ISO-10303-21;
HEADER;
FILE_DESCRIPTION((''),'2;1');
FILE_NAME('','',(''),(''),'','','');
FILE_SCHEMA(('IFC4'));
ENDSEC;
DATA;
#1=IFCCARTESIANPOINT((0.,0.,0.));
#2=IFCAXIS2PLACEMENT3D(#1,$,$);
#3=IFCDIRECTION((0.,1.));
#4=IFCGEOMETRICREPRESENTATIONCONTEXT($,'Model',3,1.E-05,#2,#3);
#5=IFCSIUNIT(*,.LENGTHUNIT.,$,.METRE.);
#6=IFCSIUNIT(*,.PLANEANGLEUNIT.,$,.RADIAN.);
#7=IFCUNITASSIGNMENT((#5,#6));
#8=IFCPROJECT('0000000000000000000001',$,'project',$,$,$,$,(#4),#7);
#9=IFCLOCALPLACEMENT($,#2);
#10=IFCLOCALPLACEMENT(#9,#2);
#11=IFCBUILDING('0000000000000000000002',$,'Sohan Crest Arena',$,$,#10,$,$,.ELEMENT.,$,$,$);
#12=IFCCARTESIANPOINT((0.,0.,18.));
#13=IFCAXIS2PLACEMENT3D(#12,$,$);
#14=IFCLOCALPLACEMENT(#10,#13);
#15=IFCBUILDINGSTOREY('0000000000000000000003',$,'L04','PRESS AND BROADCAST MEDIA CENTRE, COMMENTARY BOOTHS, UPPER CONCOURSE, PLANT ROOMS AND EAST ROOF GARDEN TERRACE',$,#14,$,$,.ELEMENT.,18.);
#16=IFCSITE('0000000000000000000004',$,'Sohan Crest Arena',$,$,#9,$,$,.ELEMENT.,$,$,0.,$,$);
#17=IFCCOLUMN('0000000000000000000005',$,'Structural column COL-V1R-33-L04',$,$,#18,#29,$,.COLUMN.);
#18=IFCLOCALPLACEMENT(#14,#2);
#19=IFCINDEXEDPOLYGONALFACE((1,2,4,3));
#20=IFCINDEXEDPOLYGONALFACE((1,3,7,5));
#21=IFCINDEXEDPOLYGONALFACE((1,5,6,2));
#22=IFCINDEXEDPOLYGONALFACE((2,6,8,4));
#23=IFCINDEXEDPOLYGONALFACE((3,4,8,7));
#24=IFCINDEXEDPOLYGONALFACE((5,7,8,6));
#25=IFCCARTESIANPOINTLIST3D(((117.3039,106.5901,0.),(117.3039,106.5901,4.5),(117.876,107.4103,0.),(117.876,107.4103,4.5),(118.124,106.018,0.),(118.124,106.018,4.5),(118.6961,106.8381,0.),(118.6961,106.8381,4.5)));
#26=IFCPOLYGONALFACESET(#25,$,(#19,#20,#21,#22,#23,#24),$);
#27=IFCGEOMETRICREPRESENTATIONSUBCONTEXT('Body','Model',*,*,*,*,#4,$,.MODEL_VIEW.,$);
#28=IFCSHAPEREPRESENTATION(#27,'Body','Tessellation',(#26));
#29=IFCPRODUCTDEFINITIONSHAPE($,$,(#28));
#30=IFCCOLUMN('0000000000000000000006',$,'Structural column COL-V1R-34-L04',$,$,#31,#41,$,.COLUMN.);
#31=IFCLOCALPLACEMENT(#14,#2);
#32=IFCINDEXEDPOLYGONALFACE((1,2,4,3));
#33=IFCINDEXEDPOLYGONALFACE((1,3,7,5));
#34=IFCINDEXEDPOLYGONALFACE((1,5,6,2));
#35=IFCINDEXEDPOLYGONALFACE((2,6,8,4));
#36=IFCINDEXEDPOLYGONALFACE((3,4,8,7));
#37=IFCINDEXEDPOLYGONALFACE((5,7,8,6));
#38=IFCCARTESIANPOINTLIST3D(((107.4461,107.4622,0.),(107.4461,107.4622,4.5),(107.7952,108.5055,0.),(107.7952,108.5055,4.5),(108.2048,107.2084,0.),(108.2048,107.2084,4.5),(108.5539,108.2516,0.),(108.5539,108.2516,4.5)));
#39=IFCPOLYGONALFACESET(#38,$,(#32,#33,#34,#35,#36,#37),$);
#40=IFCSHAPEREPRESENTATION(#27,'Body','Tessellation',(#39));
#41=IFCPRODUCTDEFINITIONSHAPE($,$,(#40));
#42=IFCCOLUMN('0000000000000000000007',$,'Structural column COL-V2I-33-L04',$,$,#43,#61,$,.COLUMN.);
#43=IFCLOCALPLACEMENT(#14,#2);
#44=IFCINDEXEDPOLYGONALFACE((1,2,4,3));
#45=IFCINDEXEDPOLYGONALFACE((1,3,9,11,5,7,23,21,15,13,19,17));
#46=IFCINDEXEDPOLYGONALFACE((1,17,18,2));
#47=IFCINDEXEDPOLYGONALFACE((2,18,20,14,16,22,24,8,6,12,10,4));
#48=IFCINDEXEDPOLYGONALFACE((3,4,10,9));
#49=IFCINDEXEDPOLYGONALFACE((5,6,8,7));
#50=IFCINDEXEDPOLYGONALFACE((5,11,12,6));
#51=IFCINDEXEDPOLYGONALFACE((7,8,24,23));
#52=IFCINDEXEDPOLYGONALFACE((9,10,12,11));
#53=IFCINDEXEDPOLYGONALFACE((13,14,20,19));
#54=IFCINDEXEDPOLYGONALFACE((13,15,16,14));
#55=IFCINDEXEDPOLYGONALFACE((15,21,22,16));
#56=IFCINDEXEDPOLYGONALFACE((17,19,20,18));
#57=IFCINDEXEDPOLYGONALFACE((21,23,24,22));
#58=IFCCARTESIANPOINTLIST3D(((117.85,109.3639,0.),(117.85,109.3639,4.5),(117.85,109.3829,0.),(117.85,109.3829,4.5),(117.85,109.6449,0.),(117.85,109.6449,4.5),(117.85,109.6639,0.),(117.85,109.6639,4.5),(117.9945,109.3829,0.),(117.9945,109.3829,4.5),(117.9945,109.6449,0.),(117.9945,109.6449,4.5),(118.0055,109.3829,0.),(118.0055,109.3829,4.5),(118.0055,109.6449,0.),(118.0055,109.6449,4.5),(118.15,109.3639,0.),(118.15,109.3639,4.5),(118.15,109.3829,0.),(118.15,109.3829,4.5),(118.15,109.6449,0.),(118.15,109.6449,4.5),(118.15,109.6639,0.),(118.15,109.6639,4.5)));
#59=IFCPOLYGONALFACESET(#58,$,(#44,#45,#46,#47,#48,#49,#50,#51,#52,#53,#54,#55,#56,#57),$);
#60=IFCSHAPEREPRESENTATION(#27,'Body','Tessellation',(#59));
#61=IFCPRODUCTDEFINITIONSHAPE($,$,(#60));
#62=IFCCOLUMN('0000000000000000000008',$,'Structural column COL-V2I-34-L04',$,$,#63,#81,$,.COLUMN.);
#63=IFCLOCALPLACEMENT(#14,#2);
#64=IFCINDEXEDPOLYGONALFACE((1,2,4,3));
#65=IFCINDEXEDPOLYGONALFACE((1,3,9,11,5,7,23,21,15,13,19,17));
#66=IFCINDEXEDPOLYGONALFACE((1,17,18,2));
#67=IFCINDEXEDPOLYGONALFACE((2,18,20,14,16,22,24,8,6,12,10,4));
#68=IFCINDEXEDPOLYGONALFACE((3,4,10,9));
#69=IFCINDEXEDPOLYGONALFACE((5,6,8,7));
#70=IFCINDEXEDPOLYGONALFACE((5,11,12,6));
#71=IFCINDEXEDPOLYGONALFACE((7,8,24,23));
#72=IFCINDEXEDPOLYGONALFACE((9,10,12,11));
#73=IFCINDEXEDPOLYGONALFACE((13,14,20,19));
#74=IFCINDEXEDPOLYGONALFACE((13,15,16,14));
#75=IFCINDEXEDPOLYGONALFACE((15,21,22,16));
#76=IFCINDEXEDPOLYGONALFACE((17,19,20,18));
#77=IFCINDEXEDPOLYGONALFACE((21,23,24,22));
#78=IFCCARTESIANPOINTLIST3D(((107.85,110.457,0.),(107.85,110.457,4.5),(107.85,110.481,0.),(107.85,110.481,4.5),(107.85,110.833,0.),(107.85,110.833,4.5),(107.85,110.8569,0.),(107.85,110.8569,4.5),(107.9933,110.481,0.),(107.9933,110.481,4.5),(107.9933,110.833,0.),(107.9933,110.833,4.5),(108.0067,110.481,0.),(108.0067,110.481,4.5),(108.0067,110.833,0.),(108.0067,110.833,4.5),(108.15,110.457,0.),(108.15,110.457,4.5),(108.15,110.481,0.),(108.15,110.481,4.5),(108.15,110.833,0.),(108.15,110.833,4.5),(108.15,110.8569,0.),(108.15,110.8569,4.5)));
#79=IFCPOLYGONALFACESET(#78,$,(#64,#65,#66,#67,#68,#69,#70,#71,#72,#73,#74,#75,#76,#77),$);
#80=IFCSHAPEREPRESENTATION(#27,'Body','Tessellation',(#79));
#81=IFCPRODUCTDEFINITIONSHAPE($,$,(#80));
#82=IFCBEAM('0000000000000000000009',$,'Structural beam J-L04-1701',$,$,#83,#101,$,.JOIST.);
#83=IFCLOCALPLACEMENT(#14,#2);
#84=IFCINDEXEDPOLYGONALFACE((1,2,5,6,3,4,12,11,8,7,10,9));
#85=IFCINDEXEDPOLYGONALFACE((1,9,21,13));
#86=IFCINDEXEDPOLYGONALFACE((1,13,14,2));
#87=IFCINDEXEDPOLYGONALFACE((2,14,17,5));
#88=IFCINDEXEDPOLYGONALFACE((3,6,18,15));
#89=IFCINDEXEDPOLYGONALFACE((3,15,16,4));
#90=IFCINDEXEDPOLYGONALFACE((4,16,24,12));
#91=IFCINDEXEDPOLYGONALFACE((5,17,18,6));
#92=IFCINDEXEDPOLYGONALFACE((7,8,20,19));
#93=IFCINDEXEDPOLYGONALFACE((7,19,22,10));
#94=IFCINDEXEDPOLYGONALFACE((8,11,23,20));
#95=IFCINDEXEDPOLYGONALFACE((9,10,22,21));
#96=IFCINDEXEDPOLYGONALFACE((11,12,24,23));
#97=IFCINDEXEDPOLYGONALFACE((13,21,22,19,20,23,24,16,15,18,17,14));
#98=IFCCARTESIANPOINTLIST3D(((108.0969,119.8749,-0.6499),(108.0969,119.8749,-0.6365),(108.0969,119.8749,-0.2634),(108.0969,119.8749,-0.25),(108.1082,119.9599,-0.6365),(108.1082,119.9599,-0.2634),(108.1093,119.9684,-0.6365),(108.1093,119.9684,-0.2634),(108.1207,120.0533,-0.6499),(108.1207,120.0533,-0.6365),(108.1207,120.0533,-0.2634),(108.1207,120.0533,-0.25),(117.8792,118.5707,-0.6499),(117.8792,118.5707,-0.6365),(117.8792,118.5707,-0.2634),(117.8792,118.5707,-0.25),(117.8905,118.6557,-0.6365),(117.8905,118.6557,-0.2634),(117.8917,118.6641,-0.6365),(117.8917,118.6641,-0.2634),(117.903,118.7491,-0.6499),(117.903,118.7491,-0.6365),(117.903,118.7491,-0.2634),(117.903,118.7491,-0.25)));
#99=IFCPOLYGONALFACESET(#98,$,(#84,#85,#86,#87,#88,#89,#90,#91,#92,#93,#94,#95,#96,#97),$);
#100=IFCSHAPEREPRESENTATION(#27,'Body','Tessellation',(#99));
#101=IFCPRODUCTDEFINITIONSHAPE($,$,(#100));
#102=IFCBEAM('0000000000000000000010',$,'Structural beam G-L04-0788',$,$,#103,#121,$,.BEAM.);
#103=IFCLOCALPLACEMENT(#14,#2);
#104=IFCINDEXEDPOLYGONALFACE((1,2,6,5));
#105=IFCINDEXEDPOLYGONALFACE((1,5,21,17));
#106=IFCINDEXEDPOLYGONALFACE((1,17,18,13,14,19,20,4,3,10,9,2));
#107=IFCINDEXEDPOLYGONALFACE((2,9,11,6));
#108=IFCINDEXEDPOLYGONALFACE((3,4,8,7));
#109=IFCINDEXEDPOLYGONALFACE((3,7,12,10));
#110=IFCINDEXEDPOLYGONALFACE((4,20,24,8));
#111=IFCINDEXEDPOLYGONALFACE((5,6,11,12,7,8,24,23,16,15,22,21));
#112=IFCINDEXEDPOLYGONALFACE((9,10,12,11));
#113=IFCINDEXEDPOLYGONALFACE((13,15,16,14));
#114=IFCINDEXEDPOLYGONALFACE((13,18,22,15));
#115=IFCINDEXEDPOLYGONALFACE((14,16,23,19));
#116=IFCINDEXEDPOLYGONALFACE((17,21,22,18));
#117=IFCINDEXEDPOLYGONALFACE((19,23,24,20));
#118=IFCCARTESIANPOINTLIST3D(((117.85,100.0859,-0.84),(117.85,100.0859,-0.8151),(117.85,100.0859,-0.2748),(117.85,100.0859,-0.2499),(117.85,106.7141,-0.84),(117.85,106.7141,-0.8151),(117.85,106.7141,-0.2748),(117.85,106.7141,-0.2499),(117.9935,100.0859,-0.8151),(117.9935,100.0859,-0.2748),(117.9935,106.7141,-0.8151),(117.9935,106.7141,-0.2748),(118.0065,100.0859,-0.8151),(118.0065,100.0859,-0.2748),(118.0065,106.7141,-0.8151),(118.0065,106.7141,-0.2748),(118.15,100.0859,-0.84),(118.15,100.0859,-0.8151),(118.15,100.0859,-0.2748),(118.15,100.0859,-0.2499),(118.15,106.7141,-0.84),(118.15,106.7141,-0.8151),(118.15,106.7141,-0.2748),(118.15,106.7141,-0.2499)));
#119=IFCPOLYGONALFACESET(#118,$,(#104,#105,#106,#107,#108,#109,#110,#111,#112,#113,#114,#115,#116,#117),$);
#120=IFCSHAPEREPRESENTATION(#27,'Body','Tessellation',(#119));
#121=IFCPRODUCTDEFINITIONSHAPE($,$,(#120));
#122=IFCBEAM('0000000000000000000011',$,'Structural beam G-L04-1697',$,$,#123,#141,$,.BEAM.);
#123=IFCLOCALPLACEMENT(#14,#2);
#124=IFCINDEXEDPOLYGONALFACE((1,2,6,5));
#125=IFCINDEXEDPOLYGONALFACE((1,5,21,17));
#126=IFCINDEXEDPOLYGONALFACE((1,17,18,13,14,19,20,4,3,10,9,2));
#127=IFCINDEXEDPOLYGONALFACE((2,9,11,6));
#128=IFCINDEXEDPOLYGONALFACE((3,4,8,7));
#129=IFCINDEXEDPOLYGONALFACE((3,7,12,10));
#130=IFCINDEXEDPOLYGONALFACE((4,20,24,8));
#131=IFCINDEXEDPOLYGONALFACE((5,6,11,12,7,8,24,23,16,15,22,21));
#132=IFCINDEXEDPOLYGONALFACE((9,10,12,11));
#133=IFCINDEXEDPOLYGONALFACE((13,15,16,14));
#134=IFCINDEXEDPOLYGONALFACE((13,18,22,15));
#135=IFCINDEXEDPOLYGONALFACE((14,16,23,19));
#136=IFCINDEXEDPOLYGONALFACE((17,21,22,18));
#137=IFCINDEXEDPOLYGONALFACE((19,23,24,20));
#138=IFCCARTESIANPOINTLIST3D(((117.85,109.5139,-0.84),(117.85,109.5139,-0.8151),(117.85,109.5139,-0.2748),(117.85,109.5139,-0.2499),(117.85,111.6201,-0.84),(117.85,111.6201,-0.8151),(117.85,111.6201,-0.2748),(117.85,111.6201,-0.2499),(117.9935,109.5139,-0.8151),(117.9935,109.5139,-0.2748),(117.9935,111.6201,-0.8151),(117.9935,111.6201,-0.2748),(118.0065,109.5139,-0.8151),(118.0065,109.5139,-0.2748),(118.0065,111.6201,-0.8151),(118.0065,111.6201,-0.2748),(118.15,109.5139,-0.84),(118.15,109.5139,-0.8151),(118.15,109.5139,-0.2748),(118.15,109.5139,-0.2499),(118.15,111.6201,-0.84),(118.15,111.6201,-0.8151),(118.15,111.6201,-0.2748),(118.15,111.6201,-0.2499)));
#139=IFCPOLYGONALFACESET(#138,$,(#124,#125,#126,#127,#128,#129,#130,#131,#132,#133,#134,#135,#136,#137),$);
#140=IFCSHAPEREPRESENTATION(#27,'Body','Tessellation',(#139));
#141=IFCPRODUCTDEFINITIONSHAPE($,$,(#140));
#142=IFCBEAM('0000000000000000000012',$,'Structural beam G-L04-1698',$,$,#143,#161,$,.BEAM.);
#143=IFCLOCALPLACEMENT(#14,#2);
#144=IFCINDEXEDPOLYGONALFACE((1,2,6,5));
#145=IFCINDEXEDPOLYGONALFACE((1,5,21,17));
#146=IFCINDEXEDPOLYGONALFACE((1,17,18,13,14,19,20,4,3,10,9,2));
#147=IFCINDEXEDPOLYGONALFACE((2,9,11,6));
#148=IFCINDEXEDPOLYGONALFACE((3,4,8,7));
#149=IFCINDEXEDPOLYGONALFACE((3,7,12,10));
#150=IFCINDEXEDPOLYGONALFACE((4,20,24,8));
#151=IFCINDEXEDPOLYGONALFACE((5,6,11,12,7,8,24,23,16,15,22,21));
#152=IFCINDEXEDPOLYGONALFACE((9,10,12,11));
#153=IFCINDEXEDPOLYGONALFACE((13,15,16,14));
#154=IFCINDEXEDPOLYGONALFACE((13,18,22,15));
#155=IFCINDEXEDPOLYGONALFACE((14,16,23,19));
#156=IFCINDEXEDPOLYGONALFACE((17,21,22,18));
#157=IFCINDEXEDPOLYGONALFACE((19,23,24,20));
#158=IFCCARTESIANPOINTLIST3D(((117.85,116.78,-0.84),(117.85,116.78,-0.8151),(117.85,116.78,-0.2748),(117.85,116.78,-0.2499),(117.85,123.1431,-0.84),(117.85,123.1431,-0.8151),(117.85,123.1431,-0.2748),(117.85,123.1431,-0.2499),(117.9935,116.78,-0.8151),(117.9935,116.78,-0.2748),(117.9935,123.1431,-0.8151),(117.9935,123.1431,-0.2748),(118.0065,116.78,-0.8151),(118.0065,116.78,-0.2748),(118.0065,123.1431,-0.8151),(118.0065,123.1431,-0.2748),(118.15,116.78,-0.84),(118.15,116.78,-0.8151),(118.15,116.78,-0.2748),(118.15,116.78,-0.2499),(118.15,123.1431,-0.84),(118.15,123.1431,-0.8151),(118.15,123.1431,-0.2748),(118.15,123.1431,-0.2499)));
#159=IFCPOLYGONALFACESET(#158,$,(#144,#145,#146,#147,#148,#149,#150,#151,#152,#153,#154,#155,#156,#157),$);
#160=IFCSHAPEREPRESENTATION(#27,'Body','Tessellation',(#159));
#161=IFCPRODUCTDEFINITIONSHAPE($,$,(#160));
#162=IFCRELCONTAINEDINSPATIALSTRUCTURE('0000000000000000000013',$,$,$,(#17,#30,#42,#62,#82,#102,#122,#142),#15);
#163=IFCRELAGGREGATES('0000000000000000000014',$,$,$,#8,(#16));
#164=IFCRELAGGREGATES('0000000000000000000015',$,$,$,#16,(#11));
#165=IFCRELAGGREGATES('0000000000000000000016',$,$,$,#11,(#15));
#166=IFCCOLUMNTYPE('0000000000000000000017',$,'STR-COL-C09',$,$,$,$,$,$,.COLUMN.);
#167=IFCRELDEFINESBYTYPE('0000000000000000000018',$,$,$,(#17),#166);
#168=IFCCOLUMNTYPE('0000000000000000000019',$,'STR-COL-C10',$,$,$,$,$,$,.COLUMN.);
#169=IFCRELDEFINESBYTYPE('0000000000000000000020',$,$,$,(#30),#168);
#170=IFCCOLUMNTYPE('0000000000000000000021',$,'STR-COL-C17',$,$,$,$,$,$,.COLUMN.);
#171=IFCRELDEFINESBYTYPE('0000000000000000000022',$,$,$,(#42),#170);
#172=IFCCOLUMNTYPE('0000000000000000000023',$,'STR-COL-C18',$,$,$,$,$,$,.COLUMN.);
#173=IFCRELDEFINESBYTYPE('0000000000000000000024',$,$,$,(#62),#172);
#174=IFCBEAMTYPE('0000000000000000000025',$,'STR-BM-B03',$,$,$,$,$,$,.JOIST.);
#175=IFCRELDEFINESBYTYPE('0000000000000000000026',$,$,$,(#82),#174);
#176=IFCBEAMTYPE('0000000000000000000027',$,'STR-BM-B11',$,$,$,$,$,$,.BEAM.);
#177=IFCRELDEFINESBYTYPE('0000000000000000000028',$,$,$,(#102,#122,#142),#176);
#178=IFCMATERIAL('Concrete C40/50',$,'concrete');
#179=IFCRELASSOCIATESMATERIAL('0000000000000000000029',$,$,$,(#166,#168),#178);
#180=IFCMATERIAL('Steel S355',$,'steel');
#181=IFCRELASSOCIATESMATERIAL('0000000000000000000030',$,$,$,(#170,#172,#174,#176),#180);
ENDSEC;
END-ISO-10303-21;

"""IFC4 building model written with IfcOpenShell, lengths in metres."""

from ifc_helpers import new_model, si_unit, direction, frame, origin, origin_2d, place, context, subcontext, project, spatial, rectangle, i_section, extrude, material, material_profile, profile_set, type_object, element, save


model = new_model("IFC4")

# Units and contexts
model_context = context("Model", 3, precision=1e-05, world=origin(), true_north=direction((0.0, 1.0)))
body_context = subcontext(model_context, "Body", "Model", "MODEL_VIEW")
ifc_project = project(units=[si_unit("LENGTHUNIT", "METRE"), si_unit("PLANEANGLEUNIT", "RADIAN")], contexts=[model_context])

# Site, building, storey
site_placement = place(None, origin())
site = spatial("IfcSite", under=ifc_project, at=site_placement, Name="Sohan Crest Arena", CompositionType="ELEMENT", RefElevation=0.0)
building_placement = place(site_placement, origin())
building = spatial("IfcBuilding", under=site, at=building_placement, Name="Sohan Crest Arena", CompositionType="ELEMENT")
storey_placement = place(building_placement, frame((0.0, 0.0, 18.0)))
storey = spatial("IfcBuildingStorey", under=building, at=storey_placement, Name="L04", Description="PRESS AND BROADCAST MEDIA CENTRE, COMMENTARY BOOTHS, UPPER CONCOURSE, PLANT ROOMS AND EAST ROOF GARDEN TERRACE", CompositionType="ELEMENT", Elevation=18.0)

# Columns
ifc_material_1 = material(Name="Concrete C40/50", Category="concrete")
ifc_material_profile_1 = material_profile(ifc_material_1, rectangle(XDim=1.0, YDim=1.0, at=origin_2d()), Name="RC 1000x1000")
ifc_profile_set_1 = profile_set([ifc_material_profile_1], Name="Concrete C40/50")
column_type_1 = type_object("IfcColumnType", Name="STR-COL-C09", PredefinedType="COLUMN", material=ifc_profile_set_1)
column_1_placement = place(storey_placement, frame((118.0, 106.7141, 0.0), z_axis=(0.0, 0.0, 1.0), x_axis=(0.572146, 0.820152, 0.0)))
element("IfcColumn", 1, at=column_1_placement, inside=storey, type_object=column_type_1, Name="Structural column COL-V1R-33-L04", PredefinedType="COLUMN", context=body_context, shape_type="SweptSolid", body=[
    extrude(rectangle(XDim=1.0, YDim=1.0, at=origin_2d()), origin(), (0.0, 0.0, 1.0), 4.5),
])
ifc_material_profile_2 = material_profile(ifc_material_1, rectangle(XDim=1.1001, YDim=0.8, at=origin_2d()), Name="RC 1100x800")
ifc_profile_set_2 = profile_set([ifc_material_profile_2], Name="Concrete C40/50")
column_type_2 = type_object("IfcColumnType", Name="STR-COL-C10", PredefinedType="COLUMN", material=ifc_profile_set_2)
column_2_placement = place(storey_placement, frame((108.0, 107.8569, 0.0), z_axis=(0.0, 0.0, 1.0), x_axis=(0.317305, 0.948324, 0.0)))
element("IfcColumn", 2, at=column_2_placement, inside=storey, type_object=column_type_2, Name="Structural column COL-V1R-34-L04", PredefinedType="COLUMN", context=body_context, shape_type="SweptSolid", body=[
    extrude(rectangle(XDim=1.1001, YDim=0.8, at=origin_2d()), origin(), (0.0, 0.0, 1.0), 4.5),
])
ifc_material_2 = material(Name="Steel S355", Category="steel")
ifc_material_profile_3 = material_profile(ifc_material_2, i_section(OverallWidth=0.3, OverallDepth=0.3, WebThickness=0.011, FlangeThickness=0.019, at=origin_2d()), Name="HEB 300")
ifc_profile_set_3 = profile_set([ifc_material_profile_3], Name="Steel S355")
column_type_3 = type_object("IfcColumnType", Name="STR-COL-C17", PredefinedType="COLUMN", material=ifc_profile_set_3)
column_3_placement = place(storey_placement, frame((118.0, 109.5139, 0.0), z_axis=(0.0, 0.0, 1.0), x_axis=(1.0, 0.0, 0.0)))
element("IfcColumn", 3, at=column_3_placement, inside=storey, type_object=column_type_3, Name="Structural column COL-V2I-33-L04", PredefinedType="COLUMN", context=body_context, shape_type="SweptSolid", body=[
    extrude(i_section(OverallWidth=0.3, OverallDepth=0.3, WebThickness=0.011, FlangeThickness=0.019, at=origin_2d()), origin(), (0.0, 0.0, 1.0), 4.5),
])
ifc_material_profile_4 = material_profile(ifc_material_2, i_section(OverallWidth=0.3, OverallDepth=0.3999, WebThickness=0.0134, FlangeThickness=0.0239, at=origin_2d()), Name="HEB 400")
ifc_profile_set_4 = profile_set([ifc_material_profile_4], Name="Steel S355")
column_type_4 = type_object("IfcColumnType", Name="STR-COL-C18", PredefinedType="COLUMN", material=ifc_profile_set_4)
column_4_placement = place(storey_placement, frame((108.0, 110.657, 0.0), z_axis=(0.0, 0.0, 1.0), x_axis=(1.0, 0.0, 0.0)))
element("IfcColumn", 4, at=column_4_placement, inside=storey, type_object=column_type_4, Name="Structural column COL-V2I-34-L04", PredefinedType="COLUMN", context=body_context, shape_type="SweptSolid", body=[
    extrude(i_section(OverallWidth=0.3, OverallDepth=0.3999, WebThickness=0.0134, FlangeThickness=0.0239, at=origin_2d()), origin(), (0.0, 0.0, 1.0), 4.5),
])

# Beams
ifc_material_profile_5 = material_profile(ifc_material_2, i_section(OverallWidth=0.1799, OverallDepth=0.3999, WebThickness=0.0085, FlangeThickness=0.0134, at=origin_2d()), Name="IPE 400")
ifc_profile_set_5 = profile_set([ifc_material_profile_5], Name="Steel S355")
beam_type_1 = type_object("IfcBeamType", Name="STR-BM-B03", PredefinedType="JOIST", material=ifc_profile_set_5)
beam_1_placement = place(storey_placement, frame((117.8911, 118.6599, -0.45), z_axis=(-0.991229, 0.132154, 0.0), x_axis=(-0.132154, -0.991229, 0.0)))
element("IfcBeam", 5, at=beam_1_placement, inside=storey, type_object=beam_type_1, Name="Structural beam J-L04-1701", PredefinedType="JOIST", context=body_context, shape_type="SweptSolid", body=[
    extrude(i_section(OverallWidth=0.1799, OverallDepth=0.3999, WebThickness=0.0085, FlangeThickness=0.0134, at=origin_2d()), origin(), (0.0, 0.0, 1.0), 9.8689),
])
ifc_material_profile_6 = material_profile(ifc_material_2, i_section(OverallWidth=0.3, OverallDepth=0.5901, WebThickness=0.0129, FlangeThickness=0.0249, at=origin_2d()), Name="HEA 600")
ifc_profile_set_6 = profile_set([ifc_material_profile_6], Name="Steel S355")
beam_type_2 = type_object("IfcBeamType", Name="STR-BM-B11", PredefinedType="BEAM", material=ifc_profile_set_6)
beam_2_placement = place(storey_placement, frame((118.0, 100.0859, -0.5449), z_axis=(0.0, 1.0, 0.0), x_axis=(-1.0, 0.0, 0.0)))
element("IfcBeam", 6, at=beam_2_placement, inside=storey, type_object=beam_type_2, Name="Structural beam G-L04-0788", PredefinedType="BEAM", context=body_context, shape_type="SweptSolid", body=[
    extrude(i_section(OverallWidth=0.3, OverallDepth=0.5901, WebThickness=0.0129, FlangeThickness=0.0249, at=origin_2d()), origin(), (0.0, 0.0, 1.0), 6.6282),
])
beam_3_placement = place(storey_placement, frame((118.0, 109.5139, -0.5449), z_axis=(0.0, 1.0, 0.0), x_axis=(-1.0, 0.0, 0.0)))
element("IfcBeam", 7, at=beam_3_placement, inside=storey, type_object=beam_type_2, Name="Structural beam G-L04-1697", PredefinedType="BEAM", context=body_context, shape_type="SweptSolid", body=[
    extrude(i_section(OverallWidth=0.3, OverallDepth=0.5901, WebThickness=0.0129, FlangeThickness=0.0249, at=origin_2d()), origin(), (0.0, 0.0, 1.0), 2.1062),
])
beam_4_placement = place(storey_placement, frame((118.0, 116.78, -0.5449), z_axis=(0.0, 1.0, 0.0), x_axis=(-1.0, 0.0, 0.0)))
element("IfcBeam", 8, at=beam_4_placement, inside=storey, type_object=beam_type_2, Name="Structural beam G-L04-1698", PredefinedType="BEAM", context=body_context, shape_type="SweptSolid", body=[
    extrude(i_section(OverallWidth=0.3, OverallDepth=0.5901, WebThickness=0.0129, FlangeThickness=0.0249, at=origin_2d()), origin(), (0.0, 0.0, 1.0), 6.363),
])

save(model, "model.ifc")
